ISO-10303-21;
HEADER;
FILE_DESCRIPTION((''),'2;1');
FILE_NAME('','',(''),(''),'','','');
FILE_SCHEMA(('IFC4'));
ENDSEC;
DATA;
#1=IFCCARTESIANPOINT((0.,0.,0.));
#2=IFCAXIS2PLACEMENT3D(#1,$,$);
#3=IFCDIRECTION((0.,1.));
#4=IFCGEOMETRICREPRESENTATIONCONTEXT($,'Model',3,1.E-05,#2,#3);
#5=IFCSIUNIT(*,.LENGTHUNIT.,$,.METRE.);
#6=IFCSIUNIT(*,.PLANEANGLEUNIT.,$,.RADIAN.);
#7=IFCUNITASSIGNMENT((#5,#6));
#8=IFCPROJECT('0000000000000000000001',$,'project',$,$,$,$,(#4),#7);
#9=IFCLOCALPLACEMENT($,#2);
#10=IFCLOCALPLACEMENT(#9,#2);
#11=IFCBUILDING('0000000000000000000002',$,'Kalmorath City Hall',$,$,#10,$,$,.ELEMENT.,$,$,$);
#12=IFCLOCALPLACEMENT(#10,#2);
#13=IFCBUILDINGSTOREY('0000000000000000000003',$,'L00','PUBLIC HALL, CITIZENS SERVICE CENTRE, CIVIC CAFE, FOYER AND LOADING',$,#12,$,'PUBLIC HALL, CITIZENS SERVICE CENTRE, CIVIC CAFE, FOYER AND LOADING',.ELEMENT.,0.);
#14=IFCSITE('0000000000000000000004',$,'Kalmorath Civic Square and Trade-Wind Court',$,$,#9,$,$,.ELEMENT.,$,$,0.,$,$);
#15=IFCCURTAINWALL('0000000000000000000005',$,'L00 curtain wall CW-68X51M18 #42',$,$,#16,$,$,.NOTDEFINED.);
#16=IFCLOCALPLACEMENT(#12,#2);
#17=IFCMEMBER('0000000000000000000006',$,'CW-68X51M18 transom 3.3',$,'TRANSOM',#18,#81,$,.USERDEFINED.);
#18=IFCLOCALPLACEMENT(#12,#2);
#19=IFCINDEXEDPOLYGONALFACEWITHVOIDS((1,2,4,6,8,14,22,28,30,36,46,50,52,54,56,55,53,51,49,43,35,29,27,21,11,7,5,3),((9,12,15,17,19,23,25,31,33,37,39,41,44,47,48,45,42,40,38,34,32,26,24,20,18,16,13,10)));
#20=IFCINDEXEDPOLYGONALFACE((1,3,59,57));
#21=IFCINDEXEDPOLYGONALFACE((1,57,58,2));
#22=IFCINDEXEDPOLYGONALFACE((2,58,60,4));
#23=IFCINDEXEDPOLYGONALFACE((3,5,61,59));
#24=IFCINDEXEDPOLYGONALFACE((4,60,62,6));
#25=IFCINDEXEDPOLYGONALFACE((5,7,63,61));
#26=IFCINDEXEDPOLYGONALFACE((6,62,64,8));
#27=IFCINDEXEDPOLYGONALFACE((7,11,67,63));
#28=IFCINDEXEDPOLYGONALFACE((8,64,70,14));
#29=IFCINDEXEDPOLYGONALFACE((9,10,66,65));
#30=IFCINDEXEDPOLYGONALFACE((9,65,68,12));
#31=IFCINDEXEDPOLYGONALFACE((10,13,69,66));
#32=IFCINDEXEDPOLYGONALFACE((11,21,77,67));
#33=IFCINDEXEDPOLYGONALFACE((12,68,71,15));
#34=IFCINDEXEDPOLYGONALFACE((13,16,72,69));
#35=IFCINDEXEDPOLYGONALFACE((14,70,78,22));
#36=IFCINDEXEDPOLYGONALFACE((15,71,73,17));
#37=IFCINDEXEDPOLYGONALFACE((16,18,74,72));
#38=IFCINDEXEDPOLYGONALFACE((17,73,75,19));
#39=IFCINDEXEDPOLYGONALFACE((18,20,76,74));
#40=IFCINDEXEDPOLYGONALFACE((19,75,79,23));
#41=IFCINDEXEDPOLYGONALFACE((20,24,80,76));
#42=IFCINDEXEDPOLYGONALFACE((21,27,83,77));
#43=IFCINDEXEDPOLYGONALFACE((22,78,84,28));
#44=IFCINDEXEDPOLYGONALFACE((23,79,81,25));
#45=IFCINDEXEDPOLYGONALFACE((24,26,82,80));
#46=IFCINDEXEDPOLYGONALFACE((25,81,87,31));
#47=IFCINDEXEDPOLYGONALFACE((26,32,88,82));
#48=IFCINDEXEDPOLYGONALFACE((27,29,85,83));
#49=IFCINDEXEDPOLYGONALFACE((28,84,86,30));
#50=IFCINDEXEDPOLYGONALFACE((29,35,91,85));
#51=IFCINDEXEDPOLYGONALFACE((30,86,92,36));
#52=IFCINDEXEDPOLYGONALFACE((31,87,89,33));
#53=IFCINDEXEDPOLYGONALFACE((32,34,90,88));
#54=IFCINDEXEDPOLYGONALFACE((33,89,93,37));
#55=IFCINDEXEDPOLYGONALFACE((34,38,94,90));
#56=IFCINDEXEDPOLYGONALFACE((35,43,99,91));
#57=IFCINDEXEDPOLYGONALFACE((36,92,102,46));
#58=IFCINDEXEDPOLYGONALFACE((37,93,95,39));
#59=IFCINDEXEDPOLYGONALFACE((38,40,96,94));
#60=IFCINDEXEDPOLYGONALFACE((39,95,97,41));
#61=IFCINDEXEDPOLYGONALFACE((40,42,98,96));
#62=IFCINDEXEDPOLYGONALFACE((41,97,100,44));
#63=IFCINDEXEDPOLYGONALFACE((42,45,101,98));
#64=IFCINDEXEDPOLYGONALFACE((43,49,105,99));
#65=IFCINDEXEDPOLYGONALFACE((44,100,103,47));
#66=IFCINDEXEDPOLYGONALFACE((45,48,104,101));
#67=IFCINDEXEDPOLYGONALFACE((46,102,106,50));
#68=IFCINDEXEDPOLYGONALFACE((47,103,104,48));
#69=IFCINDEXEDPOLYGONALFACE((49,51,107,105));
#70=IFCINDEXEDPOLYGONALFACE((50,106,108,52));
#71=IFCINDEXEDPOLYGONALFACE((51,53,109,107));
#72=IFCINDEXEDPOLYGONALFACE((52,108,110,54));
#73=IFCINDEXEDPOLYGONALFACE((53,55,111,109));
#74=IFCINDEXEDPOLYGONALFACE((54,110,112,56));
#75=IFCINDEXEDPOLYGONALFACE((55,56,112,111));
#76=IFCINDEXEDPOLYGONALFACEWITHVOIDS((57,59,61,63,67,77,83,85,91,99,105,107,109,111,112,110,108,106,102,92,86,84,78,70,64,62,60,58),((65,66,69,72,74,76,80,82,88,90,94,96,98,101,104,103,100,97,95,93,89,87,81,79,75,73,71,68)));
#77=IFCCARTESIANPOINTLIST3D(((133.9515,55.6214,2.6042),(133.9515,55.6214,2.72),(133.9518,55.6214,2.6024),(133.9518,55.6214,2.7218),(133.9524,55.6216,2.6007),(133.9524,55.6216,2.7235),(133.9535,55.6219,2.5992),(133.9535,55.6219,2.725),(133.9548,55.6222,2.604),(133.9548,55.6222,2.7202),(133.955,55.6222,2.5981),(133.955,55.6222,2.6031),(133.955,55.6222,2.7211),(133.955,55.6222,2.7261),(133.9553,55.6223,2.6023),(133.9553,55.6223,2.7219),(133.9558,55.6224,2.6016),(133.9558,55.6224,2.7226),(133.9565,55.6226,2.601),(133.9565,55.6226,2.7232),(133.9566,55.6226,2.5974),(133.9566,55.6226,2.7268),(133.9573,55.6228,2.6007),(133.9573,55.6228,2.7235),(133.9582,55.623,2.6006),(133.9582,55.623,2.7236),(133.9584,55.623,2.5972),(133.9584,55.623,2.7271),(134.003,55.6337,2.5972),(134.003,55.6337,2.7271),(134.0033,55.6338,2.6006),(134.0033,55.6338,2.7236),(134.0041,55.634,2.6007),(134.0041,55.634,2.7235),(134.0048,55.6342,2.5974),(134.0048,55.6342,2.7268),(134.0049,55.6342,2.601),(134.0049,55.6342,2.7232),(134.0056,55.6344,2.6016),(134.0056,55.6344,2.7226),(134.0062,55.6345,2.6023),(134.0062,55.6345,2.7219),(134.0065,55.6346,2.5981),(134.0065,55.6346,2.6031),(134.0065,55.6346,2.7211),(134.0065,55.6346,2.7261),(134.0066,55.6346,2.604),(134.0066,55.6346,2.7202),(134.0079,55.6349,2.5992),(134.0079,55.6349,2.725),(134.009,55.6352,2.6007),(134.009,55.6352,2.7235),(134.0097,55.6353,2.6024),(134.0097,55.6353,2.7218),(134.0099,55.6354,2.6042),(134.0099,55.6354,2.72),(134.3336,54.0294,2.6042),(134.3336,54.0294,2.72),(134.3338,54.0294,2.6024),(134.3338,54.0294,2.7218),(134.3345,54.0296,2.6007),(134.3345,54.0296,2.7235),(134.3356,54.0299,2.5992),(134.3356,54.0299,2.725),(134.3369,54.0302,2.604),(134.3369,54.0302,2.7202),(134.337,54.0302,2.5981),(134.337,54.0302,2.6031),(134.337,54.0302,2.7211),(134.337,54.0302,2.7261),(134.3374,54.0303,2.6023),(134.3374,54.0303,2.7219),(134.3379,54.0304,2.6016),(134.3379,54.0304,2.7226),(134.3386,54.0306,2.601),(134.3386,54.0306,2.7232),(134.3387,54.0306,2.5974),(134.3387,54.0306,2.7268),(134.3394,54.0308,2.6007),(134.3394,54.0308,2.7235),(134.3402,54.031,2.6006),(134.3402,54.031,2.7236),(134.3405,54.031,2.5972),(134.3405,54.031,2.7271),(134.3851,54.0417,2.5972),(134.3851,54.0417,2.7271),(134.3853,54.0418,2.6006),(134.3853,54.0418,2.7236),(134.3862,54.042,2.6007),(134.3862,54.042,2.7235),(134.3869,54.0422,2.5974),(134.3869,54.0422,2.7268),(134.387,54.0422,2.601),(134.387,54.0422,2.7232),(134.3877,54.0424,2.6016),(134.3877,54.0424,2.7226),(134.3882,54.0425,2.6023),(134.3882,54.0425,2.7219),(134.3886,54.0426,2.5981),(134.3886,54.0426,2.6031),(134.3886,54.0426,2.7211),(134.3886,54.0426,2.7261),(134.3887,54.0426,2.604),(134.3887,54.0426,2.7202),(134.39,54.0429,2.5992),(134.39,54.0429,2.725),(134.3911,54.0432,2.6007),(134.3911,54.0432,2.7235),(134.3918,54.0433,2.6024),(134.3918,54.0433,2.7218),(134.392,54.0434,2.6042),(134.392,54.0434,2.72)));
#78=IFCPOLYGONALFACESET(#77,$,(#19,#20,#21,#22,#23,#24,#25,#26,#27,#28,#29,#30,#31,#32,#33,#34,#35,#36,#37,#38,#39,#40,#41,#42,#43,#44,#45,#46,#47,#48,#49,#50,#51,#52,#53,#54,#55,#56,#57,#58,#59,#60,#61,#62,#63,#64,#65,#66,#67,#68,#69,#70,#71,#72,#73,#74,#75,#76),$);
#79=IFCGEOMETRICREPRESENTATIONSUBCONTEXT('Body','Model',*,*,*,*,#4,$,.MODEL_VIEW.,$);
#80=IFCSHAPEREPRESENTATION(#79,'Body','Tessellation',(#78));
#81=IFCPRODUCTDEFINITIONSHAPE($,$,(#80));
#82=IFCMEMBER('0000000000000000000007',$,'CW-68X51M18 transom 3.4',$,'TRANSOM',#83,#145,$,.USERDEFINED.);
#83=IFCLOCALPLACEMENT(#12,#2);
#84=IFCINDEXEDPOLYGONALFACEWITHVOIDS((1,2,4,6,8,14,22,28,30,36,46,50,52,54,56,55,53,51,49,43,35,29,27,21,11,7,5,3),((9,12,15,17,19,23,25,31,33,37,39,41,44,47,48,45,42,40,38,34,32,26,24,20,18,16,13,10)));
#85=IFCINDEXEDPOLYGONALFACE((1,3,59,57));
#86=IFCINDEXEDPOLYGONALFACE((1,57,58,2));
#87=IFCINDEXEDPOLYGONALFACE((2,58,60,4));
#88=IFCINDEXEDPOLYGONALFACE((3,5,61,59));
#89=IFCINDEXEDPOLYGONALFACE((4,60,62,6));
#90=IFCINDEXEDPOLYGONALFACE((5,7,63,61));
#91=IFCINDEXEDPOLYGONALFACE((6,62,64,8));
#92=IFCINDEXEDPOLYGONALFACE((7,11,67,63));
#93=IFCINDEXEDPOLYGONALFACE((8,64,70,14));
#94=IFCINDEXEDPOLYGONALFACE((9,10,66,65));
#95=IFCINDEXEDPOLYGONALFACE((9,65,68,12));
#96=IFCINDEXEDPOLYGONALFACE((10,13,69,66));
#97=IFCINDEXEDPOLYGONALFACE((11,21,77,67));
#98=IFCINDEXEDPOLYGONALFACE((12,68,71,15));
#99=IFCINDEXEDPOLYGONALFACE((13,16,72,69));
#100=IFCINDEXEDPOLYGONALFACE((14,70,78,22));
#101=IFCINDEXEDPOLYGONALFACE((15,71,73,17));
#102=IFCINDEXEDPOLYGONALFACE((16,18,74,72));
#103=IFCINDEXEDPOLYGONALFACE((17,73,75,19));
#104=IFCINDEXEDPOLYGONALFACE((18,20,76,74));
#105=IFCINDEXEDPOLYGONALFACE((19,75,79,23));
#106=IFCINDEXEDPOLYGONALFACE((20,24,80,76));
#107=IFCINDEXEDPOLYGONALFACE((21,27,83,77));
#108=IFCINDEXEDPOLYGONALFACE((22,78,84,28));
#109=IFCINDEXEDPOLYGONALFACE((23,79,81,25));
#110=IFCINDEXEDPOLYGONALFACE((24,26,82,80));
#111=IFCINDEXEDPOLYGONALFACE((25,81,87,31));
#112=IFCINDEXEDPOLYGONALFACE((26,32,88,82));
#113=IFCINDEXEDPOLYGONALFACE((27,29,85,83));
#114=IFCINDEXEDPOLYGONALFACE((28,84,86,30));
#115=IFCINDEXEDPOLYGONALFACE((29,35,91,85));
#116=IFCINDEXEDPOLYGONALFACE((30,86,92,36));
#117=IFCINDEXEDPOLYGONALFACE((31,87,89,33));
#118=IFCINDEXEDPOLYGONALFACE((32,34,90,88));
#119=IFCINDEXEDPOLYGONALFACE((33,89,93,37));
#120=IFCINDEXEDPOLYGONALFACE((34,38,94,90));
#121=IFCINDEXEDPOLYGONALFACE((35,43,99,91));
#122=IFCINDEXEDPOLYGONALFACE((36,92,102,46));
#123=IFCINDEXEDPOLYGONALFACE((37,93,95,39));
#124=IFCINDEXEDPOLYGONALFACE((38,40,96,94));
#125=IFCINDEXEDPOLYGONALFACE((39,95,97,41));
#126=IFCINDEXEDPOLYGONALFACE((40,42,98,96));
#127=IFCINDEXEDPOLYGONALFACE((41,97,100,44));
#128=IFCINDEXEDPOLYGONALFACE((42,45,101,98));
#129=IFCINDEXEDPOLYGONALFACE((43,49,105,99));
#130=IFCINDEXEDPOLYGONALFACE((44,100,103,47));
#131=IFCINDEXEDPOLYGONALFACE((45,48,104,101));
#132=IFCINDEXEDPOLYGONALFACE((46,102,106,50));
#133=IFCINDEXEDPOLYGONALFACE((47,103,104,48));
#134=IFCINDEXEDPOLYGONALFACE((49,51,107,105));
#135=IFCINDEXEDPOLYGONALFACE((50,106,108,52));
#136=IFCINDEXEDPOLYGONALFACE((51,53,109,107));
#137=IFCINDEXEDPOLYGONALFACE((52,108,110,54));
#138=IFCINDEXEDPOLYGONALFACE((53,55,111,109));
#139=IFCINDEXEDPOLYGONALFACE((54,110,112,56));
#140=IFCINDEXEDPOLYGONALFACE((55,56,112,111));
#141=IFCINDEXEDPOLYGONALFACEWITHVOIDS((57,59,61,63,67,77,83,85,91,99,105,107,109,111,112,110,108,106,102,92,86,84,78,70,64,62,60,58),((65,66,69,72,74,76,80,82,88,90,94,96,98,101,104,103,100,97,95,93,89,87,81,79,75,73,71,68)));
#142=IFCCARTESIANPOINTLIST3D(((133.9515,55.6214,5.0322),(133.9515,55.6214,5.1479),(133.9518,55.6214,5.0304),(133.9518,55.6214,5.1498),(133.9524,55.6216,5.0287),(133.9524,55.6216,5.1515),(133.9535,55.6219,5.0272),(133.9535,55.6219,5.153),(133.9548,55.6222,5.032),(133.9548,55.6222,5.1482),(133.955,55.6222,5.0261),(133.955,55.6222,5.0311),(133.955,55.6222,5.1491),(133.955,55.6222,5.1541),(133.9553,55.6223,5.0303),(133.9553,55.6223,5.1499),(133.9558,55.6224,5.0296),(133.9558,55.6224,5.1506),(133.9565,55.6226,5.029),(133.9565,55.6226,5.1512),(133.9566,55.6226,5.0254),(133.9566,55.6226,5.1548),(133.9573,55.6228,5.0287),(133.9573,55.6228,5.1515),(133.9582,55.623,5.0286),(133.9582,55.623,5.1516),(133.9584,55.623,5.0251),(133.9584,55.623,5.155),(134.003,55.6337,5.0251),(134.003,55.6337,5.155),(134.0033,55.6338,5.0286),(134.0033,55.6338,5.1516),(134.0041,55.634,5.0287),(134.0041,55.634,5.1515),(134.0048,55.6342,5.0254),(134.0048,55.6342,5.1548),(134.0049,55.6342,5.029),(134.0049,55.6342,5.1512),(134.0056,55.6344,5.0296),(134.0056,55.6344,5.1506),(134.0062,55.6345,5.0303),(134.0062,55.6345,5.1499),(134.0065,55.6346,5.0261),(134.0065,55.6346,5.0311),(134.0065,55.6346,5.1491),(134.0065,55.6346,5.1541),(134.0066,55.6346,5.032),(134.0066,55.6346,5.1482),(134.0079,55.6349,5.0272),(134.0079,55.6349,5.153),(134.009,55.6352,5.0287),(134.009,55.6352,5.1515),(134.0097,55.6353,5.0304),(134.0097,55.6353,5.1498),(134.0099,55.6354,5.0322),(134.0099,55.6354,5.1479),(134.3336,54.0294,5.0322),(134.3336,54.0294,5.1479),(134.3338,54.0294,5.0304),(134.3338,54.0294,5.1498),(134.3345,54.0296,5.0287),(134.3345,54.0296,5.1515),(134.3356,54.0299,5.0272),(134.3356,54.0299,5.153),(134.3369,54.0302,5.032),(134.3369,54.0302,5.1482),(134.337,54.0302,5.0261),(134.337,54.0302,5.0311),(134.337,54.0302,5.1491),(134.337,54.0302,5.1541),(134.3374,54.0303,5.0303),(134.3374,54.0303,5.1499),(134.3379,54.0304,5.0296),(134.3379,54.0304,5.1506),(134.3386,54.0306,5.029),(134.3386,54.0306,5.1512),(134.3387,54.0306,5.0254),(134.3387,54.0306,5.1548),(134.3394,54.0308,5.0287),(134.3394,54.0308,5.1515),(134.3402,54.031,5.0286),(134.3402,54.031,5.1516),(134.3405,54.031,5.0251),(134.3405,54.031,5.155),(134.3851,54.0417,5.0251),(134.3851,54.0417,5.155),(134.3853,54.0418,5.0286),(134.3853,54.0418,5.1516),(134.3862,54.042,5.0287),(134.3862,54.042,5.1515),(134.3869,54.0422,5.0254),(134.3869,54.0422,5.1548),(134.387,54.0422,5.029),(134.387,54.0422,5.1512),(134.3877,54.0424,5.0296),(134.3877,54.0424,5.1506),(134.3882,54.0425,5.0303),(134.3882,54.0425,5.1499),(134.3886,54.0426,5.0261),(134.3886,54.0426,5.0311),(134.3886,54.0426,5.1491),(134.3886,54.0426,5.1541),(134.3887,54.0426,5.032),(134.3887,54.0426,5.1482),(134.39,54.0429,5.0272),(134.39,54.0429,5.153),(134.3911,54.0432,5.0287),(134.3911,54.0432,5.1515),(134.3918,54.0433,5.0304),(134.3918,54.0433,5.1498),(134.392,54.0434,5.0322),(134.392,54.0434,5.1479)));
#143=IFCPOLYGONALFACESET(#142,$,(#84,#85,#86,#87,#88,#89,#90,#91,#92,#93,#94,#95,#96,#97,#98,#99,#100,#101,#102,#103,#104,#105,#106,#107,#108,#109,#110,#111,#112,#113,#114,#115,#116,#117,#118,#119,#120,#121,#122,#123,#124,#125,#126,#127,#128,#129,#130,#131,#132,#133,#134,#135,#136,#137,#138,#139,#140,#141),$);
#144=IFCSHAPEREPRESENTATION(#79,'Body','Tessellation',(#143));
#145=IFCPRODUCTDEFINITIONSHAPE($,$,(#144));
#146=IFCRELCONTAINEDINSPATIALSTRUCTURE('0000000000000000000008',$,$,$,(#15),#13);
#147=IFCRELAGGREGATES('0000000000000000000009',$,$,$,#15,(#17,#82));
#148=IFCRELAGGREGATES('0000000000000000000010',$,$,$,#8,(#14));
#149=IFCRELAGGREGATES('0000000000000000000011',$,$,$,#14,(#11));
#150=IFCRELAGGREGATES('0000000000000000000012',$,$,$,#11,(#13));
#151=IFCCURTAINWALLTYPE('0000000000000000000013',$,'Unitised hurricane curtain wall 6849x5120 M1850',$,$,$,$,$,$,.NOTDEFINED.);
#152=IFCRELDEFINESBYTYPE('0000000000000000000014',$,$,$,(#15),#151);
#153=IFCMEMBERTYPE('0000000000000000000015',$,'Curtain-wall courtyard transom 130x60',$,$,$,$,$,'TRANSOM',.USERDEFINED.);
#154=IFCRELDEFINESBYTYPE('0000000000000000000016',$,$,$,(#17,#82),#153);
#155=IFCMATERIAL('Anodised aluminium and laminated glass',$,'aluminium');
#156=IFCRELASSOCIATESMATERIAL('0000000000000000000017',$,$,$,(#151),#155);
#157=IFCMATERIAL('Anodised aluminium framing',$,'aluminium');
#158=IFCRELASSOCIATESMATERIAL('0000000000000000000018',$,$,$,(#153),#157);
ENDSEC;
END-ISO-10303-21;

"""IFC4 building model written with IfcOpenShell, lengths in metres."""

from ifc_helpers import new_model, si_unit, direction, frame, origin, origin_2d, place, context, subcontext, project, spatial, hollow_rectangle, extrude, material, material_profile, profile_set, type_object, element, aggregate, save


model = new_model("IFC4")

# Units and contexts
model_context = context("Model", 3, precision=1e-05, world=origin(), true_north=direction((0.0, 1.0)))
body_context = subcontext(model_context, "Body", "Model", "MODEL_VIEW")
ifc_project = project(units=[si_unit("LENGTHUNIT", "METRE"), si_unit("PLANEANGLEUNIT", "RADIAN")], contexts=[model_context])

# Site, building, storey
site_placement = place(None, origin())
site = spatial("IfcSite", under=ifc_project, at=site_placement, Name="Kalmorath Civic Square and Trade-Wind Court", CompositionType="ELEMENT", RefElevation=0.0)
building_placement = place(site_placement, origin())
building = spatial("IfcBuilding", under=site, at=building_placement, Name="Kalmorath City Hall", CompositionType="ELEMENT")
storey_placement = place(building_placement, origin())
storey = spatial("IfcBuildingStorey", under=building, at=storey_placement, Name="L00", Description="PUBLIC HALL, CITIZENS SERVICE CENTRE, CIVIC CAFE, FOYER AND LOADING", LongName="PUBLIC HALL, CITIZENS SERVICE CENTRE, CIVIC CAFE, FOYER AND LOADING", CompositionType="ELEMENT", Elevation=0.0)

# Curtain wall, members
ifc_material_1 = material(Name="Anodised aluminium and laminated glass", Category="aluminium")
curtain_wall_type = type_object("IfcCurtainWallType", Name="Unitised hurricane curtain wall 6849x5120 M1850", PredefinedType="NOTDEFINED", material=ifc_material_1)
curtain_wall_placement = place(storey_placement, origin())
curtain_wall = element("IfcCurtainWall", 1, at=curtain_wall_placement, inside=storey, type_object=curtain_wall_type, Name="L00 curtain wall CW-68X51M18 #42", PredefinedType="NOTDEFINED")
ifc_material_2 = material(Name="Anodised aluminium framing", Category="aluminium")
ifc_material_profile_1 = material_profile(ifc_material_2, hollow_rectangle(XDim=0.0601, YDim=0.1299, WallThickness=0.0034, InnerFilletRadius=0.0034, OuterFilletRadius=0.0071, at=origin_2d()), Name="ALU-TRN-130X60X3.5")
ifc_profile_set_1 = profile_set([ifc_material_profile_1], Name="Anodised aluminium framing")
member_type_1 = type_object("IfcMemberType", Name="Curtain-wall courtyard transom 130x60", ElementType="TRANSOM", PredefinedType="USERDEFINED", material=ifc_profile_set_1)
member_1_placement = place(storey_placement, frame((134.3628, 54.0364, 2.6621), z_axis=(-0.233367, 0.972389, 0.0), x_axis=(-0.972389, -0.233367, 0.0)))
member_1 = element("IfcMember", 2, at=member_1_placement, type_object=member_type_1, Name="CW-68X51M18 transom 3.3", ObjectType="TRANSOM", PredefinedType="USERDEFINED", context=body_context, shape_type="SweptSolid", body=[
    extrude(hollow_rectangle(XDim=0.0601, YDim=0.1299, WallThickness=0.0034, InnerFilletRadius=0.0034, OuterFilletRadius=0.0071, at=origin_2d()), origin(), (0.0, 0.0, 1.0), 1.6372),
])
member_2_placement = place(storey_placement, frame((134.3628, 54.0364, 5.0901), z_axis=(-0.233367, 0.972389, 0.0), x_axis=(-0.972389, -0.233367, 0.0)))
member_2 = element("IfcMember", 3, at=member_2_placement, type_object=member_type_1, Name="CW-68X51M18 transom 3.4", ObjectType="TRANSOM", PredefinedType="USERDEFINED", context=body_context, shape_type="SweptSolid", body=[
    extrude(hollow_rectangle(XDim=0.0601, YDim=0.1299, WallThickness=0.0034, InnerFilletRadius=0.0034, OuterFilletRadius=0.0071, at=origin_2d()), origin(), (0.0, 0.0, 1.0), 1.6372),
])

aggregate(curtain_wall, [member_1, member_2])

save(model, "model.ifc")
